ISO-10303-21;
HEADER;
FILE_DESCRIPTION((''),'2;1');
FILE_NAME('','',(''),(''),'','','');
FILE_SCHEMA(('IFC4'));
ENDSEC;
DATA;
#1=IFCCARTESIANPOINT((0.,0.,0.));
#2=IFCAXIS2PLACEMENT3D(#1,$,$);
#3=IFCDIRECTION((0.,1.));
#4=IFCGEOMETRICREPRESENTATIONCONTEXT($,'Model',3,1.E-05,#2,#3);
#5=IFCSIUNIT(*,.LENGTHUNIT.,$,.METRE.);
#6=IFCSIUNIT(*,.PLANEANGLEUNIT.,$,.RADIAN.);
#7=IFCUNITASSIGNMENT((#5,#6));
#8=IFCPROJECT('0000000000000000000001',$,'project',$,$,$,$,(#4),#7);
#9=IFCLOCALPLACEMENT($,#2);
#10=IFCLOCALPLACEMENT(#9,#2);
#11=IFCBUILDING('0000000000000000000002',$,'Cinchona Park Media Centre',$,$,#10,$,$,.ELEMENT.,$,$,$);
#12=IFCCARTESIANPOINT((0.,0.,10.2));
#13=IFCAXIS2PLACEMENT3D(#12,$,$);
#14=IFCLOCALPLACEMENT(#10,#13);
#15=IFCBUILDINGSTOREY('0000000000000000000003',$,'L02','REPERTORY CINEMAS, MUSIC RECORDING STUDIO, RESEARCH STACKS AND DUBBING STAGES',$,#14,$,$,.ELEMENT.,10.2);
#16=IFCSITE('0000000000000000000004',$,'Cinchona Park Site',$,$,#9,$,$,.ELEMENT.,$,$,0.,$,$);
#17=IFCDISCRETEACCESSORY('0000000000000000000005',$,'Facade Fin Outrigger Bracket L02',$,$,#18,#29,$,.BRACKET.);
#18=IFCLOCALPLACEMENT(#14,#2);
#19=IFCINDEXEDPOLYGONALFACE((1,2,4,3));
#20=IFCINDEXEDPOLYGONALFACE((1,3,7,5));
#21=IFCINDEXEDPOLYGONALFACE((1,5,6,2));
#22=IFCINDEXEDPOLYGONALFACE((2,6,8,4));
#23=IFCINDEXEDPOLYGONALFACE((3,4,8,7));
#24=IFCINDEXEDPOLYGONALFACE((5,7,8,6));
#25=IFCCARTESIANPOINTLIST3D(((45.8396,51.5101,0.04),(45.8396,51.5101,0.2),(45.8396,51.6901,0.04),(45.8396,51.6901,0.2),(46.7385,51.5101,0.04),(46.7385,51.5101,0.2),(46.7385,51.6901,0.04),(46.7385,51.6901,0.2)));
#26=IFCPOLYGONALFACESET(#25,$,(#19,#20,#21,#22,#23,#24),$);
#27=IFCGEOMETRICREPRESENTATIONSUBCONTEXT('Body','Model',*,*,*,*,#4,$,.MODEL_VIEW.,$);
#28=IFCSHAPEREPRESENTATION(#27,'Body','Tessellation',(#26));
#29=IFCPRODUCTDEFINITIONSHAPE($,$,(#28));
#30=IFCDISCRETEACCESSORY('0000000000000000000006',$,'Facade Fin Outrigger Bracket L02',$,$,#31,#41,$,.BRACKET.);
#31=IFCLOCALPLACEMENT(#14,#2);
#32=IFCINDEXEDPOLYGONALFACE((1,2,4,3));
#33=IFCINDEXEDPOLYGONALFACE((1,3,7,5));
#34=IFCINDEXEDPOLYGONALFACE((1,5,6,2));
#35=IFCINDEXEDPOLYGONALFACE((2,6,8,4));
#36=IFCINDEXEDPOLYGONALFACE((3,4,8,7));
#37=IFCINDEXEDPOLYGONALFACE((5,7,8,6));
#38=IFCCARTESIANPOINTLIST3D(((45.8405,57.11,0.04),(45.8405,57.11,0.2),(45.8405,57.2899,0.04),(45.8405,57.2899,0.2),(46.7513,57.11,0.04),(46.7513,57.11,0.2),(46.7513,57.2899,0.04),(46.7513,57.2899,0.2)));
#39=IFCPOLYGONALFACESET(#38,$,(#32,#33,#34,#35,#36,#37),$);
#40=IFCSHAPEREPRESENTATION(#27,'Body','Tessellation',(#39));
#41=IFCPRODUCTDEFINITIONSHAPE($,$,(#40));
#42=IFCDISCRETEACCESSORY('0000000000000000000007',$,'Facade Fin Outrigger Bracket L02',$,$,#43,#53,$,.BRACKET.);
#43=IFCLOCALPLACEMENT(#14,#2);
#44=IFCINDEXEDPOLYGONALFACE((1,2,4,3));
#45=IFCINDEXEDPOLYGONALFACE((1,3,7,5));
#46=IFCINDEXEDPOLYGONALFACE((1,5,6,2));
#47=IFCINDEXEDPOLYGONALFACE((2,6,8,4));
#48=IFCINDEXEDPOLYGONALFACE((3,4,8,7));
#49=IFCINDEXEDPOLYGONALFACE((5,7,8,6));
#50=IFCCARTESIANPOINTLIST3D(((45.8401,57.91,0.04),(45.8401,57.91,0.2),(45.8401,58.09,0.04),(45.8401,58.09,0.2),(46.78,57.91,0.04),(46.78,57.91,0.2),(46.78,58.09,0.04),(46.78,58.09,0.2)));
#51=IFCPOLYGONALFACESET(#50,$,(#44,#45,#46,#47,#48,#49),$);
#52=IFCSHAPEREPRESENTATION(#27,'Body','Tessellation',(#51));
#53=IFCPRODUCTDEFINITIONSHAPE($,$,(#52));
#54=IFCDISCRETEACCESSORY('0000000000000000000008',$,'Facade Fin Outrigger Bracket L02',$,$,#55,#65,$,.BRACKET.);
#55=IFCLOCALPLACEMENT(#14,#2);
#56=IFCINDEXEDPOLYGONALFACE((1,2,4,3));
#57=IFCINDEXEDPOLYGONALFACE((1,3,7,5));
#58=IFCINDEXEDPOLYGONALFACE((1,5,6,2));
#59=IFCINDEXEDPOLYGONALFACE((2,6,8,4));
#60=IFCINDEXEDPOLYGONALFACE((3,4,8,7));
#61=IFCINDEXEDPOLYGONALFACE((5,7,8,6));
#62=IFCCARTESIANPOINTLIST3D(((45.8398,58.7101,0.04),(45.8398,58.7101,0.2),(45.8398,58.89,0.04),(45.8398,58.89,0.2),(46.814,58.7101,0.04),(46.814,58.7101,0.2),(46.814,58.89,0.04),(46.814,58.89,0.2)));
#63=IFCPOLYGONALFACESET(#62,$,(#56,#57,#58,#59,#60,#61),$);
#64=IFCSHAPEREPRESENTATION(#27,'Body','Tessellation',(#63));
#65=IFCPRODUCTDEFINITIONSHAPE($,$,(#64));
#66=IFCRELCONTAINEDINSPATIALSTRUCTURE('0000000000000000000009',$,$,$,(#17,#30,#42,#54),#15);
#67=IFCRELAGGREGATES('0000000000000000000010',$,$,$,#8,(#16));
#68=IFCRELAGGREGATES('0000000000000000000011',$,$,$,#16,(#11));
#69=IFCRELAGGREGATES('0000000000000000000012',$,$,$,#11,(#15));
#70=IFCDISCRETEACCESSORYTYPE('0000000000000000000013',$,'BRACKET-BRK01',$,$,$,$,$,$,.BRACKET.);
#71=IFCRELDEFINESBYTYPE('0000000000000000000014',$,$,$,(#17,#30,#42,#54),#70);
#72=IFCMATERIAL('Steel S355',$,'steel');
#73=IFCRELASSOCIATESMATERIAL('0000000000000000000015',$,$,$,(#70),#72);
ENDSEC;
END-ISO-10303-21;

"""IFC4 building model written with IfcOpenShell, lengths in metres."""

from ifc_helpers import new_model, si_unit, direction, frame, origin, origin_2d, place, context, subcontext, project, spatial, rectangle, extrude, material, type_object, element, save


model = new_model("IFC4")

# Units and contexts
model_context = context("Model", 3, precision=1e-05, world=origin(), true_north=direction((0.0, 1.0)))
body_context = subcontext(model_context, "Body", "Model", "MODEL_VIEW")
ifc_project = project(units=[si_unit("LENGTHUNIT", "METRE"), si_unit("PLANEANGLEUNIT", "RADIAN")], contexts=[model_context])

# Site, building, storey
site_placement = place(None, origin())
site = spatial("IfcSite", under=ifc_project, at=site_placement, Name="Cinchona Park Site", CompositionType="ELEMENT", RefElevation=0.0)
building_placement = place(site_placement, origin())
building = spatial("IfcBuilding", under=site, at=building_placement, Name="Cinchona Park Media Centre", CompositionType="ELEMENT")
storey_placement = place(building_placement, frame((0.0, 0.0, 10.2)))
storey = spatial("IfcBuildingStorey", under=building, at=storey_placement, Name="L02", Description="REPERTORY CINEMAS, MUSIC RECORDING STUDIO, RESEARCH STACKS AND DUBBING STAGES", CompositionType="ELEMENT", Elevation=10.2)

# Discrete accessories
ifc_material = material(Name="Steel S355", Category="steel")
discrete_accessory_type = type_object("IfcDiscreteAccessoryType", Name="BRACKET-BRK01", PredefinedType="BRACKET", material=ifc_material)
discrete_accessory_1_placement = place(storey_placement, frame((46.2891, 51.6001, 0.04), z_axis=(0.0, 0.0, 1.0), x_axis=(0.0, 1.0, 0.0)))
element("IfcDiscreteAccessory", 1, at=discrete_accessory_1_placement, inside=storey, type_object=discrete_accessory_type, Name="Facade Fin Outrigger Bracket L02", PredefinedType="BRACKET", context=body_context, shape_type="SweptSolid", body=[
    extrude(rectangle(XDim=0.1799, YDim=0.8989, at=origin_2d()), origin(), (0.0, 0.0, 1.0), 0.1599),
])
discrete_accessory_2_placement = place(storey_placement, frame((46.2959, 57.2, 0.04), z_axis=(0.0, 0.0, 1.0), x_axis=(0.0, 1.0, 0.0)))
element("IfcDiscreteAccessory", 2, at=discrete_accessory_2_placement, inside=storey, type_object=discrete_accessory_type, Name="Facade Fin Outrigger Bracket L02", PredefinedType="BRACKET", context=body_context, shape_type="SweptSolid", body=[
    extrude(rectangle(XDim=0.1799, YDim=0.9109, at=origin_2d()), origin(), (0.0, 0.0, 1.0), 0.1599),
])
discrete_accessory_3_placement = place(storey_placement, frame((46.3101, 58.0, 0.04), z_axis=(0.0, 0.0, 1.0), x_axis=(0.0, 1.0, 0.0)))
element("IfcDiscreteAccessory", 3, at=discrete_accessory_3_placement, inside=storey, type_object=discrete_accessory_type, Name="Facade Fin Outrigger Bracket L02", PredefinedType="BRACKET", context=body_context, shape_type="SweptSolid", body=[
    extrude(rectangle(XDim=0.1799, YDim=0.9399, at=origin_2d()), origin(), (0.0, 0.0, 1.0), 0.1599),
])
discrete_accessory_4_placement = place(storey_placement, frame((46.3269, 58.8, 0.04), z_axis=(0.0, 0.0, 1.0), x_axis=(0.0, 1.0, 0.0)))
element("IfcDiscreteAccessory", 4, at=discrete_accessory_4_placement, inside=storey, type_object=discrete_accessory_type, Name="Facade Fin Outrigger Bracket L02", PredefinedType="BRACKET", context=body_context, shape_type="SweptSolid", body=[
    extrude(rectangle(XDim=0.1799, YDim=0.9741, at=origin_2d()), origin(), (0.0, 0.0, 1.0), 0.1599),
])

save(model, "model.ifc")
